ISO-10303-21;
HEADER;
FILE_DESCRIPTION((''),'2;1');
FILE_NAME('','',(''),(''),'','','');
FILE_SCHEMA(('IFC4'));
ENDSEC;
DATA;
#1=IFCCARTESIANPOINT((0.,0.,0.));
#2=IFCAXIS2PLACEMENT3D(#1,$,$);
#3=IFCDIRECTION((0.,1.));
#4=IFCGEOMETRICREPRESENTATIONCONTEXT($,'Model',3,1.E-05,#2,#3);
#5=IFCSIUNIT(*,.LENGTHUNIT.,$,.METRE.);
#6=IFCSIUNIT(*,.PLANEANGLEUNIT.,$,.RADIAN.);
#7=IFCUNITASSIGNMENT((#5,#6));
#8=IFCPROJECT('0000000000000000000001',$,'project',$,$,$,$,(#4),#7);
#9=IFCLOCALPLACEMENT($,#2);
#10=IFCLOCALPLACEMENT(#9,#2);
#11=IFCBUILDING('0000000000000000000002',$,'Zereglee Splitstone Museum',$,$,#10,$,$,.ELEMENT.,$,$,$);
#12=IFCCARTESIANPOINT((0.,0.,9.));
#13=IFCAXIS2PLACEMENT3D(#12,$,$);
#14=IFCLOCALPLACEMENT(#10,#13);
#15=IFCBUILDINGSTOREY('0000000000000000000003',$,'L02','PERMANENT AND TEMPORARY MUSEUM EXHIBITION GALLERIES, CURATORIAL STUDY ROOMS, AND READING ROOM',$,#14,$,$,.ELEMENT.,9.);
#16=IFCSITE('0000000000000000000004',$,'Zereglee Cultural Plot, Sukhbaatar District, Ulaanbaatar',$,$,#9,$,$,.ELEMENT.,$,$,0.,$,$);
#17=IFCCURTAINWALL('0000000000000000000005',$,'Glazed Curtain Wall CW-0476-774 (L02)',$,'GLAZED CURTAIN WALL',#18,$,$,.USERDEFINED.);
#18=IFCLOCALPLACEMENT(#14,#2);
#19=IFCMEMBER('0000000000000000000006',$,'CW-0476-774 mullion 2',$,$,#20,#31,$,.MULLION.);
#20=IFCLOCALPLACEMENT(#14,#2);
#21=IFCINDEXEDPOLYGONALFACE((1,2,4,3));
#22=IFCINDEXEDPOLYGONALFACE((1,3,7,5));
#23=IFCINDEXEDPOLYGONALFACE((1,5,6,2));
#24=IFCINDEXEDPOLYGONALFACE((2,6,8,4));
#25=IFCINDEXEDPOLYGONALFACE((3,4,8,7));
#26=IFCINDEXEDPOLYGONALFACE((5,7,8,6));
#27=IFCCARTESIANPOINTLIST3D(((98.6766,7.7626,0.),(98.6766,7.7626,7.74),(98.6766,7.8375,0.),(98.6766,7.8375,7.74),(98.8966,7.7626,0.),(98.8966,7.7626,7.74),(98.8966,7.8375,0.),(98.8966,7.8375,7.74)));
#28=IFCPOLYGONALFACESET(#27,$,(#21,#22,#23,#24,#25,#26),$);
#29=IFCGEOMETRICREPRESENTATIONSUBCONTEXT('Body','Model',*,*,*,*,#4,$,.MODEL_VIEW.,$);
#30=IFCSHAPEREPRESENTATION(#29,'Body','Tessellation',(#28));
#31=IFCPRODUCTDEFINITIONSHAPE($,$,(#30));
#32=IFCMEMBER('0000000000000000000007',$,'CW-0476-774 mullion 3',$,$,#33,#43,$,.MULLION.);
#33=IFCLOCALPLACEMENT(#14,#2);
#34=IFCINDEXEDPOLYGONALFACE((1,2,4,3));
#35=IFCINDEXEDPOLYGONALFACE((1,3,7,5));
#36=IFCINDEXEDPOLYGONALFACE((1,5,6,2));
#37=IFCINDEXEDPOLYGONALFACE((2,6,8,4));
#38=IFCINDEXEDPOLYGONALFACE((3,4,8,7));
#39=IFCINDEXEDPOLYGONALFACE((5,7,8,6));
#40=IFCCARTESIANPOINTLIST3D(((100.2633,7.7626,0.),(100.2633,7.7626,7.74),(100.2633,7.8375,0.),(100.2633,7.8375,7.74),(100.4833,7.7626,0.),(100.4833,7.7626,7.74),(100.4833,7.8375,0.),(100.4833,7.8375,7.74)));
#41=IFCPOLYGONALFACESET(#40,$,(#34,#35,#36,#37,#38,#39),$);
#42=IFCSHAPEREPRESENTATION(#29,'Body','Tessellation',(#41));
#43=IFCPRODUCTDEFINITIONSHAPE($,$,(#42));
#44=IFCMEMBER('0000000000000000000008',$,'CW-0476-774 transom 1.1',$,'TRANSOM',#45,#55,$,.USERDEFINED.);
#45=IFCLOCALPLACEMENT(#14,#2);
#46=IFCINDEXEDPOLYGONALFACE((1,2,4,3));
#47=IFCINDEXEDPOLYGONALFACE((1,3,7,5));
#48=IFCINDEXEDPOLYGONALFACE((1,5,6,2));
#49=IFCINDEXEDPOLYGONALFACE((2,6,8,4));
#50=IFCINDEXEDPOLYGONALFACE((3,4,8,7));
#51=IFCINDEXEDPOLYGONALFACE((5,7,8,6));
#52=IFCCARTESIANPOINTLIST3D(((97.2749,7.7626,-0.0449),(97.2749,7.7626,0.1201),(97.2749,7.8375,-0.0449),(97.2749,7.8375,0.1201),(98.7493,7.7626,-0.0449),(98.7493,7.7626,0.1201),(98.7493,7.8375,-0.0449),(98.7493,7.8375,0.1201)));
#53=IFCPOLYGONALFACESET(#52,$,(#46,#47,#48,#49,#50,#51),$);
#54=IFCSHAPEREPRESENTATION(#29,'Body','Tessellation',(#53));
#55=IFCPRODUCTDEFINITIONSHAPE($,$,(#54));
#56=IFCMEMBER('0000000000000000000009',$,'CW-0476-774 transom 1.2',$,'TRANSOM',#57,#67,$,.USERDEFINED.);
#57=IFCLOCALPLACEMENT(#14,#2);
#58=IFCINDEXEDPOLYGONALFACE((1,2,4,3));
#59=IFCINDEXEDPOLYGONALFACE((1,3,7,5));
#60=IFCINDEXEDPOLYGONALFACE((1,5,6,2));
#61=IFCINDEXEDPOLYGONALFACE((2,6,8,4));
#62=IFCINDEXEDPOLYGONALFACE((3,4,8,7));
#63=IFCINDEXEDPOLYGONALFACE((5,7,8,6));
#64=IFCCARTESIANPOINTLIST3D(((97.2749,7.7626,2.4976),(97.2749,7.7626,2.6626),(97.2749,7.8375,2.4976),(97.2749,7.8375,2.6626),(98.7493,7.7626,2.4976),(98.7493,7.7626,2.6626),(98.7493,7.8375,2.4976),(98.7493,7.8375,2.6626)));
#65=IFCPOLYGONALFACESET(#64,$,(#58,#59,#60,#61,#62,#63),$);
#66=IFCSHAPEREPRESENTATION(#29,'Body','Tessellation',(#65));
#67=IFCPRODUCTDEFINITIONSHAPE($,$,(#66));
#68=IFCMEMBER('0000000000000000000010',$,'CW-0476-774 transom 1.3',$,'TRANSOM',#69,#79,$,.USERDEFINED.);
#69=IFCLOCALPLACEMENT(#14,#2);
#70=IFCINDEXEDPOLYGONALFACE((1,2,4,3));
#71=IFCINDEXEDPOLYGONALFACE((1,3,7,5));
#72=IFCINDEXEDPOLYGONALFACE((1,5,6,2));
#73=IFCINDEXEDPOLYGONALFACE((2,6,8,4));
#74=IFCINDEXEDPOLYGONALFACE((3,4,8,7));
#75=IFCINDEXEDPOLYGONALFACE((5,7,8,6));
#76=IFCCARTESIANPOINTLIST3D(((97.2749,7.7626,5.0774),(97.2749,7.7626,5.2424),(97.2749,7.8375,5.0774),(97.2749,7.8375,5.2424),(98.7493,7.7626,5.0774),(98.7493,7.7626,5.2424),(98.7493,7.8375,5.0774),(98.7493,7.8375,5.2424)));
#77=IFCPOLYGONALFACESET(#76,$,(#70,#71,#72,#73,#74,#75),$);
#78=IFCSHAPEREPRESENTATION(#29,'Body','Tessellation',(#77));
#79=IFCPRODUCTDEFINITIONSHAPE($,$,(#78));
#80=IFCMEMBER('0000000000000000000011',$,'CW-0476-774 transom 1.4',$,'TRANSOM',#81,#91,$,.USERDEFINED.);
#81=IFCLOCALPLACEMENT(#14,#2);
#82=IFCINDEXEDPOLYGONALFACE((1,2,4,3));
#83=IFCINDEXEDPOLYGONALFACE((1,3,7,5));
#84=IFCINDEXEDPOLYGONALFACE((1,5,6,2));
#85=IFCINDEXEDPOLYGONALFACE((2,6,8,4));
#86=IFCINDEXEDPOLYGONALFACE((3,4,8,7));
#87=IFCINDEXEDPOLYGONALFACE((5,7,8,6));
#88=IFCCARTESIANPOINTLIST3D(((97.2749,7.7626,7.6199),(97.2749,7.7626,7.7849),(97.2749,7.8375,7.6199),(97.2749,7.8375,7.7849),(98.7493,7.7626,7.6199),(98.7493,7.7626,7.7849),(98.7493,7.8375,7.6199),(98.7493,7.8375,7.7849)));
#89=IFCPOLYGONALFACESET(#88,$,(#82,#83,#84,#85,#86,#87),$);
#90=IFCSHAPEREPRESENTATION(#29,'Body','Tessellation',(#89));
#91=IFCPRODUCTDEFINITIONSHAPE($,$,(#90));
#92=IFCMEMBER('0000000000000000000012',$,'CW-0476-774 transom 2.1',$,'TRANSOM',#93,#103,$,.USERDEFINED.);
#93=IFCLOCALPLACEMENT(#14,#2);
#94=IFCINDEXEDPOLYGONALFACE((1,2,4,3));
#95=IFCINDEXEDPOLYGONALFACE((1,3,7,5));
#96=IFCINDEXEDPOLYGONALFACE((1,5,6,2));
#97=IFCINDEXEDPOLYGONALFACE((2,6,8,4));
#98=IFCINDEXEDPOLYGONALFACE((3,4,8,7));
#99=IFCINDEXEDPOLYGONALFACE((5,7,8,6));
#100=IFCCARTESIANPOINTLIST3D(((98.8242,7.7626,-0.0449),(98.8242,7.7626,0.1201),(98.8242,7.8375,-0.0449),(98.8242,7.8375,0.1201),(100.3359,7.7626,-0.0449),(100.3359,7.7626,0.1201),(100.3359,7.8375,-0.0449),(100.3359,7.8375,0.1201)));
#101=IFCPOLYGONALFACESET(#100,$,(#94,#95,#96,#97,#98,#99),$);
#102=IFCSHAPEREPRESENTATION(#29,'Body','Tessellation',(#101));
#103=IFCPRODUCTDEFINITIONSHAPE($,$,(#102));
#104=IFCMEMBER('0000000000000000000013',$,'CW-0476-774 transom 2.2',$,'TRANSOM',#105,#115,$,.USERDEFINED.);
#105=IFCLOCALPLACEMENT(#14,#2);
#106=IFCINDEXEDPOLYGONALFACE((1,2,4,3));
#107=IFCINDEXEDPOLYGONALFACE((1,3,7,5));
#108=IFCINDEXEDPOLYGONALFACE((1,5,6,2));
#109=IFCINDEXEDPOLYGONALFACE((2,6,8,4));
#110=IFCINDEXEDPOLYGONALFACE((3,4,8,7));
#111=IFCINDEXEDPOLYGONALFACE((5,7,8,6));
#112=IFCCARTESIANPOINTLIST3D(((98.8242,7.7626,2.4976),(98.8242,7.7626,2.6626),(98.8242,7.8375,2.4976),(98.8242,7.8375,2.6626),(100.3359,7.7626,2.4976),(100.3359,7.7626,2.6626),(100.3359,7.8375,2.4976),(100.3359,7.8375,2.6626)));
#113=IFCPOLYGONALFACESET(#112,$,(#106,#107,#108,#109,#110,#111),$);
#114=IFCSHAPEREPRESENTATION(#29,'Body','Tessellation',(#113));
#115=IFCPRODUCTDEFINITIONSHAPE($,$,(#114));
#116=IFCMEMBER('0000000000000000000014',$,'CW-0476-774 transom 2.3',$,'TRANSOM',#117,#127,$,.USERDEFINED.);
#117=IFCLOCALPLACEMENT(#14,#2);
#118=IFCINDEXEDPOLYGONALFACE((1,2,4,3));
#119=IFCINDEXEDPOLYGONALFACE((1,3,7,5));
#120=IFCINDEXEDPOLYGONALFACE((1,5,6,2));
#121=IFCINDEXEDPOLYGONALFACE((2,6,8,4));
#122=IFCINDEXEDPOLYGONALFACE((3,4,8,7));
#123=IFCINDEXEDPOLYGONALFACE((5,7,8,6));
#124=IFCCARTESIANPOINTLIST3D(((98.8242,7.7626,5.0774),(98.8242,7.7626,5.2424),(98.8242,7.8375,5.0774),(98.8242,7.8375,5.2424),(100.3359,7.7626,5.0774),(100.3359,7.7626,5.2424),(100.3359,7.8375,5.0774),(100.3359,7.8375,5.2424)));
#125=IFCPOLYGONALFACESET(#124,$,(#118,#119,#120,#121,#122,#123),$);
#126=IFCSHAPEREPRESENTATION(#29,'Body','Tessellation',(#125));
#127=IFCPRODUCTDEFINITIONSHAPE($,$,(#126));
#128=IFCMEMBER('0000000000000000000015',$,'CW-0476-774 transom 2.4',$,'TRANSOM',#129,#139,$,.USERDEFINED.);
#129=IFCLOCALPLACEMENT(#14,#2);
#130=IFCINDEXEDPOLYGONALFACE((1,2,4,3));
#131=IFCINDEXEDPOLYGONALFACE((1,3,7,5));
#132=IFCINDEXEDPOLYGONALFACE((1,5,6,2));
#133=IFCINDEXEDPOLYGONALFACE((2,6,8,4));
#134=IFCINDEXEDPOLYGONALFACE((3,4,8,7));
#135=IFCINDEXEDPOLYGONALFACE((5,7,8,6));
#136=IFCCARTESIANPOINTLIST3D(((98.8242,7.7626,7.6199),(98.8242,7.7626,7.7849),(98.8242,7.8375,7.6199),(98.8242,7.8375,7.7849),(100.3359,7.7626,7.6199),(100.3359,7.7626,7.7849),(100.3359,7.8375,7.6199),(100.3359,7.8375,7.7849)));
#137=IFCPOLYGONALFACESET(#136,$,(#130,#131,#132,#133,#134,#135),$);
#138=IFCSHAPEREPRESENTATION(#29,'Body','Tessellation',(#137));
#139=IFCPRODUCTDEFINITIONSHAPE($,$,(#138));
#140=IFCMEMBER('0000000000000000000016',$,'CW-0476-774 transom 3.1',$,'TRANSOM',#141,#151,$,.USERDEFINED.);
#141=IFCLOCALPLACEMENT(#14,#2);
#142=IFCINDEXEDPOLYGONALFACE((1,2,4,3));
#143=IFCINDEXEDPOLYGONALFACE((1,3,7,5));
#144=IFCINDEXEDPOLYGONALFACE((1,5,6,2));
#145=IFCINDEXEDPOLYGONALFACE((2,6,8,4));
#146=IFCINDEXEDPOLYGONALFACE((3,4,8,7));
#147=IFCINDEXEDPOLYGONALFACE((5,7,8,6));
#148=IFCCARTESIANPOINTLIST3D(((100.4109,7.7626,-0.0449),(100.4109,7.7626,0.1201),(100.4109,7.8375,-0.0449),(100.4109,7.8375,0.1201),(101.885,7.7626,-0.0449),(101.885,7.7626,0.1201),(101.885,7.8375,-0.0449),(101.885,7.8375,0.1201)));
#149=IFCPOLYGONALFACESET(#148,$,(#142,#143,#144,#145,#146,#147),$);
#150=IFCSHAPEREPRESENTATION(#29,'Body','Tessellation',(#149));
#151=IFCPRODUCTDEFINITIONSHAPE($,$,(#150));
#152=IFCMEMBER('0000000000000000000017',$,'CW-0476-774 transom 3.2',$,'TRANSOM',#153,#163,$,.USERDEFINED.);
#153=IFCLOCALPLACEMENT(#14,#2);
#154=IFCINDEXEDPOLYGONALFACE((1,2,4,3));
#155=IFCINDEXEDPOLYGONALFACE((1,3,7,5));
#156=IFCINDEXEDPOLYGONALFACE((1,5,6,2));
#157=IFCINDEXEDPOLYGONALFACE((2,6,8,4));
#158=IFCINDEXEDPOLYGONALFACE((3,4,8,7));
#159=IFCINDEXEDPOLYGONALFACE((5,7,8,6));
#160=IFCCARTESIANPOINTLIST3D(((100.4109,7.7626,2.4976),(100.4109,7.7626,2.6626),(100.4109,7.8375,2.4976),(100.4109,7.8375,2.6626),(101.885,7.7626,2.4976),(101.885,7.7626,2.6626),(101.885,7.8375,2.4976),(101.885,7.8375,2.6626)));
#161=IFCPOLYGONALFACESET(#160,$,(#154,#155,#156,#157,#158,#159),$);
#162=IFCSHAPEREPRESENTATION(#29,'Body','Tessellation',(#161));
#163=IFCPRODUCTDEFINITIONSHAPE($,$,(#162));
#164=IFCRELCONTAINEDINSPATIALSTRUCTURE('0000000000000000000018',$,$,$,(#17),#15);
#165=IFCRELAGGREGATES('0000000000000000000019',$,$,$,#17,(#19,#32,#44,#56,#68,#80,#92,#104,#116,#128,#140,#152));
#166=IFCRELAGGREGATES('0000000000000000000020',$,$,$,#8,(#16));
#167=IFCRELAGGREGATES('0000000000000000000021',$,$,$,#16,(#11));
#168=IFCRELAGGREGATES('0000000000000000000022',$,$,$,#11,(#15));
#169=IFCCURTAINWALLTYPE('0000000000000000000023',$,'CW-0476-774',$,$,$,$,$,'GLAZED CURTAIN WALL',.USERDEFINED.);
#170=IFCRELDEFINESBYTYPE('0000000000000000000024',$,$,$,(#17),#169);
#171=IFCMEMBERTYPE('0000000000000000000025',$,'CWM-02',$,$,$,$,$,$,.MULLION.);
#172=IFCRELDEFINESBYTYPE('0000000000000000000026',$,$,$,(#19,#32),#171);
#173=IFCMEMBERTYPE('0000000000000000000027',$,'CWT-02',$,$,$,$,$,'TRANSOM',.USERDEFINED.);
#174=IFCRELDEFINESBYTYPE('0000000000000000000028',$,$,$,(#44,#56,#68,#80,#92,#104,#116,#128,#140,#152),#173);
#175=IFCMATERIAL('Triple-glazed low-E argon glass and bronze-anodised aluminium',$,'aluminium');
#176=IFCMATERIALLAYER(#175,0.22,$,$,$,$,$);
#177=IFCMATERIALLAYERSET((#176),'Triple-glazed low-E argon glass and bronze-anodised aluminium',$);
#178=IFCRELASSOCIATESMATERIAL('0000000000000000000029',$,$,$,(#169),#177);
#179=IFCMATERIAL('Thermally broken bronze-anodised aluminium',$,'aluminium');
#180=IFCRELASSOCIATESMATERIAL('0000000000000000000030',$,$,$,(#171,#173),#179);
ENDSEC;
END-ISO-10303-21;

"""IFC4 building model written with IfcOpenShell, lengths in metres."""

from ifc_helpers import new_model, si_unit, direction, frame, origin, origin_2d, place, context, subcontext, project, spatial, rectangle, extrude, material, layer, layer_set, material_profile, profile_set, type_object, element, aggregate, save


model = new_model("IFC4")

# Units and contexts
model_context = context("Model", 3, precision=1e-05, world=origin(), true_north=direction((0.0, 1.0)))
body_context = subcontext(model_context, "Body", "Model", "MODEL_VIEW")
ifc_project = project(units=[si_unit("LENGTHUNIT", "METRE"), si_unit("PLANEANGLEUNIT", "RADIAN")], contexts=[model_context])

# Site, building, storey
site_placement = place(None, origin())
site = spatial("IfcSite", under=ifc_project, at=site_placement, Name="Zereglee Cultural Plot, Sukhbaatar District, Ulaanbaatar", CompositionType="ELEMENT", RefElevation=0.0)
building_placement = place(site_placement, origin())
building = spatial("IfcBuilding", under=site, at=building_placement, Name="Zereglee Splitstone Museum", CompositionType="ELEMENT")
storey_placement = place(building_placement, frame((0.0, 0.0, 9.0)))
storey = spatial("IfcBuildingStorey", under=building, at=storey_placement, Name="L02", Description="PERMANENT AND TEMPORARY MUSEUM EXHIBITION GALLERIES, CURATORIAL STUDY ROOMS, AND READING ROOM", CompositionType="ELEMENT", Elevation=9.0)

# Curtain wall, members
ifc_material_1 = material(Name="Triple-glazed low-E argon glass and bronze-anodised aluminium", Category="aluminium")
ifc_layer_1 = layer(ifc_material_1, 0.22)
ifc_layer_set_1 = layer_set([ifc_layer_1], Name="Triple-glazed low-E argon glass and bronze-anodised aluminium")
curtain_wall_type = type_object("IfcCurtainWallType", Name="CW-0476-774", ElementType="GLAZED CURTAIN WALL", PredefinedType="USERDEFINED", material=ifc_layer_set_1)
curtain_wall_placement = place(storey_placement, origin())
curtain_wall = element("IfcCurtainWall", 1, at=curtain_wall_placement, inside=storey, type_object=curtain_wall_type, Name="Glazed Curtain Wall CW-0476-774 (L02)", ObjectType="GLAZED CURTAIN WALL", PredefinedType="USERDEFINED")
ifc_material_2 = material(Name="Thermally broken bronze-anodised aluminium", Category="aluminium")
ifc_material_profile_1 = material_profile(ifc_material_2, rectangle(XDim=0.075, YDim=0.22, at=origin_2d()), Name="CW MULL 75x220")
ifc_profile_set_1 = profile_set([ifc_material_profile_1], Name="Thermally broken bronze-anodised aluminium")
member_type_1 = type_object("IfcMemberType", Name="CWM-02", PredefinedType="MULLION", material=ifc_profile_set_1)
member_1_placement = place(storey_placement, frame((98.7866, 7.8, 0.0), z_axis=(0.0, 0.0, 1.0), x_axis=(0.0, 1.0, 0.0)))
member_1 = element("IfcMember", 2, at=member_1_placement, type_object=member_type_1, Name="CW-0476-774 mullion 2", PredefinedType="MULLION", context=body_context, shape_type="SweptSolid", body=[
    extrude(rectangle(XDim=0.075, YDim=0.22, at=origin_2d()), origin(), (0.0, 0.0, 1.0), 7.74),
])
member_2_placement = place(storey_placement, frame((100.3733, 7.8, 0.0), z_axis=(0.0, 0.0, 1.0), x_axis=(0.0, 1.0, 0.0)))
member_2 = element("IfcMember", 3, at=member_2_placement, type_object=member_type_1, Name="CW-0476-774 mullion 3", PredefinedType="MULLION", context=body_context, shape_type="SweptSolid", body=[
    extrude(rectangle(XDim=0.075, YDim=0.22, at=origin_2d()), origin(), (0.0, 0.0, 1.0), 7.74),
])
ifc_material_profile_2 = material_profile(ifc_material_2, rectangle(XDim=0.075, YDim=0.165, at=origin_2d()), Name="CW TRAN 75x165")
ifc_profile_set_2 = profile_set([ifc_material_profile_2], Name="Thermally broken bronze-anodised aluminium")
member_type_2 = type_object("IfcMemberType", Name="CWT-02", ElementType="TRANSOM", PredefinedType="USERDEFINED", material=ifc_profile_set_2)
member_3_placement = place(storey_placement, frame((97.2749, 7.8, 0.0376), z_axis=(1.0, 0.0, 0.0), x_axis=(0.0, 1.0, 0.0)))
member_3 = element("IfcMember", 4, at=member_3_placement, type_object=member_type_2, Name="CW-0476-774 transom 1.1", ObjectType="TRANSOM", PredefinedType="USERDEFINED", context=body_context, shape_type="SweptSolid", body=[
    extrude(rectangle(XDim=0.075, YDim=0.165, at=origin_2d()), origin(), (0.0, 0.0, 1.0), 1.4744),
])
member_4_placement = place(storey_placement, frame((97.2749, 7.8, 2.5801), z_axis=(1.0, 0.0, 0.0), x_axis=(0.0, 1.0, 0.0)))
member_4 = element("IfcMember", 5, at=member_4_placement, type_object=member_type_2, Name="CW-0476-774 transom 1.2", ObjectType="TRANSOM", PredefinedType="USERDEFINED", context=body_context, shape_type="SweptSolid", body=[
    extrude(rectangle(XDim=0.075, YDim=0.165, at=origin_2d()), origin(), (0.0, 0.0, 1.0), 1.4744),
])
member_5_placement = place(storey_placement, frame((97.2749, 7.8, 5.1599), z_axis=(1.0, 0.0, 0.0), x_axis=(0.0, 1.0, 0.0)))
member_5 = element("IfcMember", 6, at=member_5_placement, type_object=member_type_2, Name="CW-0476-774 transom 1.3", ObjectType="TRANSOM", PredefinedType="USERDEFINED", context=body_context, shape_type="SweptSolid", body=[
    extrude(rectangle(XDim=0.075, YDim=0.165, at=origin_2d()), origin(), (0.0, 0.0, 1.0), 1.4744),
])
member_6_placement = place(storey_placement, frame((97.2749, 7.8, 7.7024), z_axis=(1.0, 0.0, 0.0), x_axis=(0.0, 1.0, 0.0)))
member_6 = element("IfcMember", 7, at=member_6_placement, type_object=member_type_2, Name="CW-0476-774 transom 1.4", ObjectType="TRANSOM", PredefinedType="USERDEFINED", context=body_context, shape_type="SweptSolid", body=[
    extrude(rectangle(XDim=0.075, YDim=0.165, at=origin_2d()), origin(), (0.0, 0.0, 1.0), 1.4744),
])
member_7_placement = place(storey_placement, frame((98.8242, 7.8, 0.0376), z_axis=(1.0, 0.0, 0.0), x_axis=(0.0, 1.0, 0.0)))
member_7 = element("IfcMember", 8, at=member_7_placement, type_object=member_type_2, Name="CW-0476-774 transom 2.1", ObjectType="TRANSOM", PredefinedType="USERDEFINED", context=body_context, shape_type="SweptSolid", body=[
    extrude(rectangle(XDim=0.075, YDim=0.165, at=origin_2d()), origin(), (0.0, 0.0, 1.0), 1.5117),
])
member_8_placement = place(storey_placement, frame((98.8242, 7.8, 2.5801), z_axis=(1.0, 0.0, 0.0), x_axis=(0.0, 1.0, 0.0)))
member_8 = element("IfcMember", 9, at=member_8_placement, type_object=member_type_2, Name="CW-0476-774 transom 2.2", ObjectType="TRANSOM", PredefinedType="USERDEFINED", context=body_context, shape_type="SweptSolid", body=[
    extrude(rectangle(XDim=0.075, YDim=0.165, at=origin_2d()), origin(), (0.0, 0.0, 1.0), 1.5117),
])
member_9_placement = place(storey_placement, frame((98.8242, 7.8, 5.1599), z_axis=(1.0, 0.0, 0.0), x_axis=(0.0, 1.0, 0.0)))
member_9 = element("IfcMember", 10, at=member_9_placement, type_object=member_type_2, Name="CW-0476-774 transom 2.3", ObjectType="TRANSOM", PredefinedType="USERDEFINED", context=body_context, shape_type="SweptSolid", body=[
    extrude(rectangle(XDim=0.075, YDim=0.165, at=origin_2d()), origin(), (0.0, 0.0, 1.0), 1.5117),
])
member_10_placement = place(storey_placement, frame((98.8242, 7.8, 7.7024), z_axis=(1.0, 0.0, 0.0), x_axis=(0.0, 1.0, 0.0)))
member_10 = element("IfcMember", 11, at=member_10_placement, type_object=member_type_2, Name="CW-0476-774 transom 2.4", ObjectType="TRANSOM", PredefinedType="USERDEFINED", context=body_context, shape_type="SweptSolid", body=[
    extrude(rectangle(XDim=0.075, YDim=0.165, at=origin_2d()), origin(), (0.0, 0.0, 1.0), 1.5117),
])
member_11_placement = place(storey_placement, frame((100.4109, 7.8, 0.0376), z_axis=(1.0, 0.0, 0.0), x_axis=(0.0, 1.0, 0.0)))
member_11 = element("IfcMember", 12, at=member_11_placement, type_object=member_type_2, Name="CW-0476-774 transom 3.1", ObjectType="TRANSOM", PredefinedType="USERDEFINED", context=body_context, shape_type="SweptSolid", body=[
    extrude(rectangle(XDim=0.075, YDim=0.165, at=origin_2d()), origin(), (0.0, 0.0, 1.0), 1.4741),
])
member_12_placement = place(storey_placement, frame((100.4109, 7.8, 2.5801), z_axis=(1.0, 0.0, 0.0), x_axis=(0.0, 1.0, 0.0)))
member_12 = element("IfcMember", 13, at=member_12_placement, type_object=member_type_2, Name="CW-0476-774 transom 3.2", ObjectType="TRANSOM", PredefinedType="USERDEFINED", context=body_context, shape_type="SweptSolid", body=[
    extrude(rectangle(XDim=0.075, YDim=0.165, at=origin_2d()), origin(), (0.0, 0.0, 1.0), 1.4741),
])

aggregate(curtain_wall, [member_1, member_2, member_3, member_4, member_5, member_6, member_7, member_8, member_9, member_10, member_11, member_12])

save(model, "model.ifc")
